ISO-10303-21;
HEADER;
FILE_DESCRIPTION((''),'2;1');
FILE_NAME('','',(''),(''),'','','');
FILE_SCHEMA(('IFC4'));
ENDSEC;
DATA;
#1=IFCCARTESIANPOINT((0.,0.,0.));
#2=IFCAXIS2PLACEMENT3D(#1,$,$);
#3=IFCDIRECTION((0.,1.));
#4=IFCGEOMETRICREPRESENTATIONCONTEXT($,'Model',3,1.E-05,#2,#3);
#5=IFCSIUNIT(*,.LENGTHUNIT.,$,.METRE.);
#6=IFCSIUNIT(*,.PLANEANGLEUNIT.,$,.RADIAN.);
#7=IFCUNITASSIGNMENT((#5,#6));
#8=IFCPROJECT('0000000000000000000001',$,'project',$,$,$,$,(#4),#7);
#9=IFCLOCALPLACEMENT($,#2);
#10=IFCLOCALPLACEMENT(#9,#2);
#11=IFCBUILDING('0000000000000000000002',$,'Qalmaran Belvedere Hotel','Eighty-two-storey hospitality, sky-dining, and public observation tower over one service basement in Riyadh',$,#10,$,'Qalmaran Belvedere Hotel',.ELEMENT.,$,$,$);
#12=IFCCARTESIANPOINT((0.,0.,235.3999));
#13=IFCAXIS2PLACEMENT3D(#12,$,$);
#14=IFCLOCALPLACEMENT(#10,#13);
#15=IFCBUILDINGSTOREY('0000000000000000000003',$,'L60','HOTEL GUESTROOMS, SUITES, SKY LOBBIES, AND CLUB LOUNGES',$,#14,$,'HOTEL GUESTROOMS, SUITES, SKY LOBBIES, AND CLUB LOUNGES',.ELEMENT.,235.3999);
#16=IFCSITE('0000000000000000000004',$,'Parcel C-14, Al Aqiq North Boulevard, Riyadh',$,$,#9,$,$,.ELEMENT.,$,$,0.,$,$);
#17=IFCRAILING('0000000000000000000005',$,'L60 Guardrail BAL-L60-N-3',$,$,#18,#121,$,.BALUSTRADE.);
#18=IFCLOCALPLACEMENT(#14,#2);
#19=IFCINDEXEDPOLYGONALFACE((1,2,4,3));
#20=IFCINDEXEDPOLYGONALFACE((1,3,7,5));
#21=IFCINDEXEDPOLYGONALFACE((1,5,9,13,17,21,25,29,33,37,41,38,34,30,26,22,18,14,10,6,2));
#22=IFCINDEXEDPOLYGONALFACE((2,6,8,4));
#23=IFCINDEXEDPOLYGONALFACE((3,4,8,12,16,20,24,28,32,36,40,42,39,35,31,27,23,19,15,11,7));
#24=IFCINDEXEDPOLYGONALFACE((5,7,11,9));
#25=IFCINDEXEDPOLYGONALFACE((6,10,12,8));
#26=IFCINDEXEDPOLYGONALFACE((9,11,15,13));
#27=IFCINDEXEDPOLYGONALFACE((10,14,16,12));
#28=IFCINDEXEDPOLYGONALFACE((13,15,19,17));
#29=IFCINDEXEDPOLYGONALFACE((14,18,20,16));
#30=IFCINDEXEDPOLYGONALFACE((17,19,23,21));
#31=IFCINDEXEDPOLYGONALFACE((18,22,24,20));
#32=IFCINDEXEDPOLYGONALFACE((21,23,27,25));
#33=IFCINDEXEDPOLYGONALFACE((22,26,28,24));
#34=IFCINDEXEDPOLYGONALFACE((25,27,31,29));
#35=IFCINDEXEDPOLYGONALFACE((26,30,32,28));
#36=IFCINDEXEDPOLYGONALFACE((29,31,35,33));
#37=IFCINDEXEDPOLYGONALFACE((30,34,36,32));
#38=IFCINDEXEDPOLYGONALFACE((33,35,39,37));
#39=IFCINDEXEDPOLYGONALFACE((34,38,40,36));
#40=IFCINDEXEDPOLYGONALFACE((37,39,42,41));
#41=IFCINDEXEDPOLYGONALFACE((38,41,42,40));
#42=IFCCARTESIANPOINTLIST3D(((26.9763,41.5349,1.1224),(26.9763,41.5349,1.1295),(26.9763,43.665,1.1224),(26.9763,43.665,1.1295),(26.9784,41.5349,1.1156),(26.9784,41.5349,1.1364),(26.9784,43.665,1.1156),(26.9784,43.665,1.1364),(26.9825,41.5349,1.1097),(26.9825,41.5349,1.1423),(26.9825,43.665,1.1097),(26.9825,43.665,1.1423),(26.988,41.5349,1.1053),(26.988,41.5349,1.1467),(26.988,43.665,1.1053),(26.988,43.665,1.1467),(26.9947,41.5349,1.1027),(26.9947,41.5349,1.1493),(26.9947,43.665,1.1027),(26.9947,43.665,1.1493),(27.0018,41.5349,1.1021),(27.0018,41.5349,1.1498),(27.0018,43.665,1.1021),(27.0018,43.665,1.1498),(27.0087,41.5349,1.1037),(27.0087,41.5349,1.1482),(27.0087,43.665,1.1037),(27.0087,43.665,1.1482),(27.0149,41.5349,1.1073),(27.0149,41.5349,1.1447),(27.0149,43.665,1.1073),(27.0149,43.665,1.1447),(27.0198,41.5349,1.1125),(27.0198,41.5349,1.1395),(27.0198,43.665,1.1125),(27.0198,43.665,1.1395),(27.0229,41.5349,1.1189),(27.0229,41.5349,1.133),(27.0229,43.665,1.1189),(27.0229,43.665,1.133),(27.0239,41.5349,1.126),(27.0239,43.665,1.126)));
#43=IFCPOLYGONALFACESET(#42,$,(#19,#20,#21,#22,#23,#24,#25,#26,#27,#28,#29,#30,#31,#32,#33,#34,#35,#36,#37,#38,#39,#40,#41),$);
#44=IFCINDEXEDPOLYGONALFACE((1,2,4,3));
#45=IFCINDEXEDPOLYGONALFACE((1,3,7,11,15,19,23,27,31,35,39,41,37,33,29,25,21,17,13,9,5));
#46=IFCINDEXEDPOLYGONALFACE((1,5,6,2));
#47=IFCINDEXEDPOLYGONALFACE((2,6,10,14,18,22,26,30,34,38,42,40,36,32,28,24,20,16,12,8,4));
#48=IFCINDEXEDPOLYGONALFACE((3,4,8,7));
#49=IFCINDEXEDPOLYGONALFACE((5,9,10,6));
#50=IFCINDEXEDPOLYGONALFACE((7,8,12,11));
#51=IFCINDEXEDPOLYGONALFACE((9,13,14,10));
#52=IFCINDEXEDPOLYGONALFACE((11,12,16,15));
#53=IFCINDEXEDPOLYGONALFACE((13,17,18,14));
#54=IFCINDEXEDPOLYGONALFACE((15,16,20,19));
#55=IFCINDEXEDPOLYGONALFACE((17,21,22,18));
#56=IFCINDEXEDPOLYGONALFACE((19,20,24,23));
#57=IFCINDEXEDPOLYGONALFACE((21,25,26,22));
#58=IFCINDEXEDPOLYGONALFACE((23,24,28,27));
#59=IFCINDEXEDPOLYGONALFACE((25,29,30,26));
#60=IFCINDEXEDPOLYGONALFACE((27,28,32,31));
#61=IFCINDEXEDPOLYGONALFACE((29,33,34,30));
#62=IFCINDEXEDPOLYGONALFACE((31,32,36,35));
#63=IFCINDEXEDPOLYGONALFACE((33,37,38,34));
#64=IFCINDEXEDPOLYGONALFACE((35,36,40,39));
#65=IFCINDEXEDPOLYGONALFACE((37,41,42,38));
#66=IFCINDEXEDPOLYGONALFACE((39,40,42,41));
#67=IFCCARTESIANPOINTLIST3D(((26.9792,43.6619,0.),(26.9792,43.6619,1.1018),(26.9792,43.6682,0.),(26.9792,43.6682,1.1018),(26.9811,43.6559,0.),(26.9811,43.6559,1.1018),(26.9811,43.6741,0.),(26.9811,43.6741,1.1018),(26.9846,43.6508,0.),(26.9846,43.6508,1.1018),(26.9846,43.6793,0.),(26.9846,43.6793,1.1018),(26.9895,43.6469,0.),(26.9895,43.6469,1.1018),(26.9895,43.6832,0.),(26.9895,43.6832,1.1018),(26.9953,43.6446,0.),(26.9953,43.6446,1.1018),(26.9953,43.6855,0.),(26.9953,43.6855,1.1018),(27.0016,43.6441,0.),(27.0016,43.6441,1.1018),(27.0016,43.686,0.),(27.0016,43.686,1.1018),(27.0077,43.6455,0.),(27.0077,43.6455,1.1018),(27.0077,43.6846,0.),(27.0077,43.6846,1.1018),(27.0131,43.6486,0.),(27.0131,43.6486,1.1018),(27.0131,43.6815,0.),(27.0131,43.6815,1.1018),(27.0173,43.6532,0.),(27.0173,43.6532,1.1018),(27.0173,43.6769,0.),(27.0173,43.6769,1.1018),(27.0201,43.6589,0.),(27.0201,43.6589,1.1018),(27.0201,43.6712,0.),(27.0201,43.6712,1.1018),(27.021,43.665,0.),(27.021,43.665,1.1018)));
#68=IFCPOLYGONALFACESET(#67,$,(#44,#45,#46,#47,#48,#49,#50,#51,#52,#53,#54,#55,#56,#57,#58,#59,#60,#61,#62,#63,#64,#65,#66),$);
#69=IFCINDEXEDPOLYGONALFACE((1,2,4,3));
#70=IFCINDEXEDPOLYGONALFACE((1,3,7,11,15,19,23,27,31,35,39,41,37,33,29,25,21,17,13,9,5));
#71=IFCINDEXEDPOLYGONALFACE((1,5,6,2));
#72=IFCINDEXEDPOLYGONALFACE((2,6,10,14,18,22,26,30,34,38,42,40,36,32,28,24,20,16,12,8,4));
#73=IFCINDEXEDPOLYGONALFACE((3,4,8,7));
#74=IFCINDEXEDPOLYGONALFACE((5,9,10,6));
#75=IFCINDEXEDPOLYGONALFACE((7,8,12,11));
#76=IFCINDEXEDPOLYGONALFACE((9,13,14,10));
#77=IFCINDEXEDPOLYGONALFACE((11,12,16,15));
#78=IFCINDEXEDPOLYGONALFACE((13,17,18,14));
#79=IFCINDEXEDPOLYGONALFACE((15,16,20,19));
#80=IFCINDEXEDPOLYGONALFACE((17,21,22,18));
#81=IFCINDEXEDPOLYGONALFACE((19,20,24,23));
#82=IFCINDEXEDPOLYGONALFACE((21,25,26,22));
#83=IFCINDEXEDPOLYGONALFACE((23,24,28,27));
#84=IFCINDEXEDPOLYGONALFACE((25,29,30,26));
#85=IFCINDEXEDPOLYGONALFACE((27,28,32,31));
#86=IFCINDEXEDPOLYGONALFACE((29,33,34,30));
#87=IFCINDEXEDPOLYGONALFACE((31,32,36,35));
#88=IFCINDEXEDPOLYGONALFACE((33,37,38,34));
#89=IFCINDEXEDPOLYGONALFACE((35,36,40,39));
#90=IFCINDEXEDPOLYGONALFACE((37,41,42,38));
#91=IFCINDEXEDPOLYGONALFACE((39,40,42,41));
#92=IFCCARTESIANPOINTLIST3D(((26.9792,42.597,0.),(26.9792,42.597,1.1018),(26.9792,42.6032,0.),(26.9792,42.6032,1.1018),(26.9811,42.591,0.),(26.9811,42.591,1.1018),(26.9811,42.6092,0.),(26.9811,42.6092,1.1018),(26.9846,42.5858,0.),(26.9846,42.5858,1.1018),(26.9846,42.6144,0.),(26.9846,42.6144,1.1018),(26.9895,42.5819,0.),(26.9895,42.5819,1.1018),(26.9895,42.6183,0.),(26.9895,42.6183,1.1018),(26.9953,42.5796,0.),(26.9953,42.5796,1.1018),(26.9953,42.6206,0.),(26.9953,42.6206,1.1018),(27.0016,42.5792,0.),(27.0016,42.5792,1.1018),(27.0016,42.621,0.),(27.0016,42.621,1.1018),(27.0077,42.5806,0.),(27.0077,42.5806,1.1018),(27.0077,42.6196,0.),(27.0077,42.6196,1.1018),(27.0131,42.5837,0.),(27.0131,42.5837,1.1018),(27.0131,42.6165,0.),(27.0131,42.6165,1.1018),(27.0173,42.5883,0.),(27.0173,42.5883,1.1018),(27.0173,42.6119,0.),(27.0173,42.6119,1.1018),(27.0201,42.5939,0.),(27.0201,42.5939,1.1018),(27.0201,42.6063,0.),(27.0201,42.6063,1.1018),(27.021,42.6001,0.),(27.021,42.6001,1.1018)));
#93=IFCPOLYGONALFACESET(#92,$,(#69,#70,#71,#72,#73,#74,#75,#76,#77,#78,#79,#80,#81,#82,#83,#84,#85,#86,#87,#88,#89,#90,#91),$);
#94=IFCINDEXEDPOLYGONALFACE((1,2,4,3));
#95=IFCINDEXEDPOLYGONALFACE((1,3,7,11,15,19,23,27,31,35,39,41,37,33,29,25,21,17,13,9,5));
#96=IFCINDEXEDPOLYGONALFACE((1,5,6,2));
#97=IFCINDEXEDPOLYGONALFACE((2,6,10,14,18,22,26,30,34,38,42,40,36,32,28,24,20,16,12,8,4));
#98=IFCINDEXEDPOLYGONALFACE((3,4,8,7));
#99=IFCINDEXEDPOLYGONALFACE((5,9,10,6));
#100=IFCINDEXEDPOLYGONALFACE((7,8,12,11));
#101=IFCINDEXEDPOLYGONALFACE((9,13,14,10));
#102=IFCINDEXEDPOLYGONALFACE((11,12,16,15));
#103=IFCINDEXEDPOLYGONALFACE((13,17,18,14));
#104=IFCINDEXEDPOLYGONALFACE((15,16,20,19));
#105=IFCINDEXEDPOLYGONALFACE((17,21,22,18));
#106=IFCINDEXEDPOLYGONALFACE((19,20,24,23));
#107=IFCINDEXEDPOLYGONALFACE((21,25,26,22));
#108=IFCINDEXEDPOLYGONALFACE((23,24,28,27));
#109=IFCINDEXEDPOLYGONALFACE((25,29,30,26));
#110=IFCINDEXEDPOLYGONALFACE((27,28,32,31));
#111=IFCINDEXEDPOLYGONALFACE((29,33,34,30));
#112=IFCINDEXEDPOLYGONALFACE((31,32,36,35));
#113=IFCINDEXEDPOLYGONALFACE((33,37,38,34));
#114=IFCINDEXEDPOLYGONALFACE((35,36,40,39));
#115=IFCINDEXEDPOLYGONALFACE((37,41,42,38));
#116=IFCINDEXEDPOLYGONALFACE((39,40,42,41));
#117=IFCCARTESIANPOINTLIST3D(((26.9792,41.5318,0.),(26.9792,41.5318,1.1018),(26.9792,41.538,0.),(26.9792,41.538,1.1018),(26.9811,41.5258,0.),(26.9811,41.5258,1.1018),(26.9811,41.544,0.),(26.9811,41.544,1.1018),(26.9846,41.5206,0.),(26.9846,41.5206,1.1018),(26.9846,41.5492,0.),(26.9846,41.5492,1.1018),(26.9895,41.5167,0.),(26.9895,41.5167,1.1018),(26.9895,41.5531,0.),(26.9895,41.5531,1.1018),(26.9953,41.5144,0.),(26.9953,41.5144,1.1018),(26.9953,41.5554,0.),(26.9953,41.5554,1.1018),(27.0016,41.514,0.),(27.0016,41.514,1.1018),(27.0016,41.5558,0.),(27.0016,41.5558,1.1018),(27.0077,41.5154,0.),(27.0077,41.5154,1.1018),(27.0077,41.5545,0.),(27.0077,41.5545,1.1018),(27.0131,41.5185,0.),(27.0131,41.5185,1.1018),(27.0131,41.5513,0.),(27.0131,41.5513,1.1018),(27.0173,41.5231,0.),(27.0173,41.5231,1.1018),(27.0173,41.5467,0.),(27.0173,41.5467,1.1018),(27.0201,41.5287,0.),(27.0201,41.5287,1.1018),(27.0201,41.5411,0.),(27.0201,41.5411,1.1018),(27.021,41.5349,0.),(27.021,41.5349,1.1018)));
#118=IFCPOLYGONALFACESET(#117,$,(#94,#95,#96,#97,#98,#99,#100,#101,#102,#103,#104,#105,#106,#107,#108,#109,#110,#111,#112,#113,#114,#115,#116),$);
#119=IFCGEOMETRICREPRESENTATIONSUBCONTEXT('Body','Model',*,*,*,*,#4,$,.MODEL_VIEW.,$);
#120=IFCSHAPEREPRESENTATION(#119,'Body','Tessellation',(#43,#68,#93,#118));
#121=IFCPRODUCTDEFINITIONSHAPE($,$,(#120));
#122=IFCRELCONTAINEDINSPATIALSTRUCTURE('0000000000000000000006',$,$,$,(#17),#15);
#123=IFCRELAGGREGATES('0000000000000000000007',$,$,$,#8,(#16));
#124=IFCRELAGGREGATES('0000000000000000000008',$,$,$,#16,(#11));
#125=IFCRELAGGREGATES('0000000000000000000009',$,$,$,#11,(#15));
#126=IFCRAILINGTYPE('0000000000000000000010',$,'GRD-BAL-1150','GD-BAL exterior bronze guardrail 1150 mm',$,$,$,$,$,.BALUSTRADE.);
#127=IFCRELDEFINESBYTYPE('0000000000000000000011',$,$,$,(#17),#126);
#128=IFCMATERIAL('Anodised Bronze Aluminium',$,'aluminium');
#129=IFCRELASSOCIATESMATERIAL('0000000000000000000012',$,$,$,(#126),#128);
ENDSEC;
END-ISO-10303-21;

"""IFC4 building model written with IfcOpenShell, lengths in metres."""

from ifc_helpers import new_model, si_unit, direction, frame, origin, origin_2d, place, context, subcontext, project, spatial, circle, extrude, material, type_object, element, save


model = new_model("IFC4")

# Units and contexts
model_context = context("Model", 3, precision=1e-05, world=origin(), true_north=direction((0.0, 1.0)))
body_context = subcontext(model_context, "Body", "Model", "MODEL_VIEW")
ifc_project = project(units=[si_unit("LENGTHUNIT", "METRE"), si_unit("PLANEANGLEUNIT", "RADIAN")], contexts=[model_context])

# Site, building, storey
site_placement = place(None, origin())
site = spatial("IfcSite", under=ifc_project, at=site_placement, Name="Parcel C-14, Al Aqiq North Boulevard, Riyadh", CompositionType="ELEMENT", RefElevation=0.0)
building_placement = place(site_placement, origin())
building = spatial("IfcBuilding", under=site, at=building_placement, Name="Qalmaran Belvedere Hotel", Description="Eighty-two-storey hospitality, sky-dining, and public observation tower over one service basement in Riyadh", LongName="Qalmaran Belvedere Hotel", CompositionType="ELEMENT")
storey_placement = place(building_placement, frame((0.0, 0.0, 235.3999)))
storey = spatial("IfcBuildingStorey", under=building, at=storey_placement, Name="L60", Description="HOTEL GUESTROOMS, SUITES, SKY LOBBIES, AND CLUB LOUNGES", LongName="HOTEL GUESTROOMS, SUITES, SKY LOBBIES, AND CLUB LOUNGES", CompositionType="ELEMENT", Elevation=235.3999)

# Shared definitions
ifc_material_1 = material(Name="Anodised Bronze Aluminium", Category="aluminium")

# Railing
railing_type = type_object("IfcRailingType", Name="GRD-BAL-1150", Description="GD-BAL exterior bronze guardrail 1150 mm", PredefinedType="BALUSTRADE", material=ifc_material_1)
railing_1_placement = place(storey_placement, frame((27.0, 43.665, 0.0)))
element("IfcRailing", 1, at=railing_1_placement, inside=storey, type_object=railing_type, Name="L60 Guardrail BAL-L60-N-3", PredefinedType="BALUSTRADE", context=body_context, shape_type="SweptSolid", body=[
    extrude(circle(Radius=0.0239, at=origin_2d()), frame((0.0, 0.0, 1.126), z_axis=(0.0, -1.0, 0.0), x_axis=(1.0, 0.0, 0.0)), (0.0, 0.0, 1.0), 2.1301),
    extrude(circle(Radius=0.021, at=origin_2d()), origin(), (0.0, 0.0, 1.0), 1.1018),
    extrude(circle(Radius=0.021, at=origin_2d()), frame((0.0, -1.0649, 0.0)), (0.0, 0.0, 1.0), 1.1018),
    extrude(circle(Radius=0.021, at=origin_2d()), frame((0.0, -2.1301, 0.0)), (0.0, 0.0, 1.0), 1.1018),
])

save(model, "model.ifc")
